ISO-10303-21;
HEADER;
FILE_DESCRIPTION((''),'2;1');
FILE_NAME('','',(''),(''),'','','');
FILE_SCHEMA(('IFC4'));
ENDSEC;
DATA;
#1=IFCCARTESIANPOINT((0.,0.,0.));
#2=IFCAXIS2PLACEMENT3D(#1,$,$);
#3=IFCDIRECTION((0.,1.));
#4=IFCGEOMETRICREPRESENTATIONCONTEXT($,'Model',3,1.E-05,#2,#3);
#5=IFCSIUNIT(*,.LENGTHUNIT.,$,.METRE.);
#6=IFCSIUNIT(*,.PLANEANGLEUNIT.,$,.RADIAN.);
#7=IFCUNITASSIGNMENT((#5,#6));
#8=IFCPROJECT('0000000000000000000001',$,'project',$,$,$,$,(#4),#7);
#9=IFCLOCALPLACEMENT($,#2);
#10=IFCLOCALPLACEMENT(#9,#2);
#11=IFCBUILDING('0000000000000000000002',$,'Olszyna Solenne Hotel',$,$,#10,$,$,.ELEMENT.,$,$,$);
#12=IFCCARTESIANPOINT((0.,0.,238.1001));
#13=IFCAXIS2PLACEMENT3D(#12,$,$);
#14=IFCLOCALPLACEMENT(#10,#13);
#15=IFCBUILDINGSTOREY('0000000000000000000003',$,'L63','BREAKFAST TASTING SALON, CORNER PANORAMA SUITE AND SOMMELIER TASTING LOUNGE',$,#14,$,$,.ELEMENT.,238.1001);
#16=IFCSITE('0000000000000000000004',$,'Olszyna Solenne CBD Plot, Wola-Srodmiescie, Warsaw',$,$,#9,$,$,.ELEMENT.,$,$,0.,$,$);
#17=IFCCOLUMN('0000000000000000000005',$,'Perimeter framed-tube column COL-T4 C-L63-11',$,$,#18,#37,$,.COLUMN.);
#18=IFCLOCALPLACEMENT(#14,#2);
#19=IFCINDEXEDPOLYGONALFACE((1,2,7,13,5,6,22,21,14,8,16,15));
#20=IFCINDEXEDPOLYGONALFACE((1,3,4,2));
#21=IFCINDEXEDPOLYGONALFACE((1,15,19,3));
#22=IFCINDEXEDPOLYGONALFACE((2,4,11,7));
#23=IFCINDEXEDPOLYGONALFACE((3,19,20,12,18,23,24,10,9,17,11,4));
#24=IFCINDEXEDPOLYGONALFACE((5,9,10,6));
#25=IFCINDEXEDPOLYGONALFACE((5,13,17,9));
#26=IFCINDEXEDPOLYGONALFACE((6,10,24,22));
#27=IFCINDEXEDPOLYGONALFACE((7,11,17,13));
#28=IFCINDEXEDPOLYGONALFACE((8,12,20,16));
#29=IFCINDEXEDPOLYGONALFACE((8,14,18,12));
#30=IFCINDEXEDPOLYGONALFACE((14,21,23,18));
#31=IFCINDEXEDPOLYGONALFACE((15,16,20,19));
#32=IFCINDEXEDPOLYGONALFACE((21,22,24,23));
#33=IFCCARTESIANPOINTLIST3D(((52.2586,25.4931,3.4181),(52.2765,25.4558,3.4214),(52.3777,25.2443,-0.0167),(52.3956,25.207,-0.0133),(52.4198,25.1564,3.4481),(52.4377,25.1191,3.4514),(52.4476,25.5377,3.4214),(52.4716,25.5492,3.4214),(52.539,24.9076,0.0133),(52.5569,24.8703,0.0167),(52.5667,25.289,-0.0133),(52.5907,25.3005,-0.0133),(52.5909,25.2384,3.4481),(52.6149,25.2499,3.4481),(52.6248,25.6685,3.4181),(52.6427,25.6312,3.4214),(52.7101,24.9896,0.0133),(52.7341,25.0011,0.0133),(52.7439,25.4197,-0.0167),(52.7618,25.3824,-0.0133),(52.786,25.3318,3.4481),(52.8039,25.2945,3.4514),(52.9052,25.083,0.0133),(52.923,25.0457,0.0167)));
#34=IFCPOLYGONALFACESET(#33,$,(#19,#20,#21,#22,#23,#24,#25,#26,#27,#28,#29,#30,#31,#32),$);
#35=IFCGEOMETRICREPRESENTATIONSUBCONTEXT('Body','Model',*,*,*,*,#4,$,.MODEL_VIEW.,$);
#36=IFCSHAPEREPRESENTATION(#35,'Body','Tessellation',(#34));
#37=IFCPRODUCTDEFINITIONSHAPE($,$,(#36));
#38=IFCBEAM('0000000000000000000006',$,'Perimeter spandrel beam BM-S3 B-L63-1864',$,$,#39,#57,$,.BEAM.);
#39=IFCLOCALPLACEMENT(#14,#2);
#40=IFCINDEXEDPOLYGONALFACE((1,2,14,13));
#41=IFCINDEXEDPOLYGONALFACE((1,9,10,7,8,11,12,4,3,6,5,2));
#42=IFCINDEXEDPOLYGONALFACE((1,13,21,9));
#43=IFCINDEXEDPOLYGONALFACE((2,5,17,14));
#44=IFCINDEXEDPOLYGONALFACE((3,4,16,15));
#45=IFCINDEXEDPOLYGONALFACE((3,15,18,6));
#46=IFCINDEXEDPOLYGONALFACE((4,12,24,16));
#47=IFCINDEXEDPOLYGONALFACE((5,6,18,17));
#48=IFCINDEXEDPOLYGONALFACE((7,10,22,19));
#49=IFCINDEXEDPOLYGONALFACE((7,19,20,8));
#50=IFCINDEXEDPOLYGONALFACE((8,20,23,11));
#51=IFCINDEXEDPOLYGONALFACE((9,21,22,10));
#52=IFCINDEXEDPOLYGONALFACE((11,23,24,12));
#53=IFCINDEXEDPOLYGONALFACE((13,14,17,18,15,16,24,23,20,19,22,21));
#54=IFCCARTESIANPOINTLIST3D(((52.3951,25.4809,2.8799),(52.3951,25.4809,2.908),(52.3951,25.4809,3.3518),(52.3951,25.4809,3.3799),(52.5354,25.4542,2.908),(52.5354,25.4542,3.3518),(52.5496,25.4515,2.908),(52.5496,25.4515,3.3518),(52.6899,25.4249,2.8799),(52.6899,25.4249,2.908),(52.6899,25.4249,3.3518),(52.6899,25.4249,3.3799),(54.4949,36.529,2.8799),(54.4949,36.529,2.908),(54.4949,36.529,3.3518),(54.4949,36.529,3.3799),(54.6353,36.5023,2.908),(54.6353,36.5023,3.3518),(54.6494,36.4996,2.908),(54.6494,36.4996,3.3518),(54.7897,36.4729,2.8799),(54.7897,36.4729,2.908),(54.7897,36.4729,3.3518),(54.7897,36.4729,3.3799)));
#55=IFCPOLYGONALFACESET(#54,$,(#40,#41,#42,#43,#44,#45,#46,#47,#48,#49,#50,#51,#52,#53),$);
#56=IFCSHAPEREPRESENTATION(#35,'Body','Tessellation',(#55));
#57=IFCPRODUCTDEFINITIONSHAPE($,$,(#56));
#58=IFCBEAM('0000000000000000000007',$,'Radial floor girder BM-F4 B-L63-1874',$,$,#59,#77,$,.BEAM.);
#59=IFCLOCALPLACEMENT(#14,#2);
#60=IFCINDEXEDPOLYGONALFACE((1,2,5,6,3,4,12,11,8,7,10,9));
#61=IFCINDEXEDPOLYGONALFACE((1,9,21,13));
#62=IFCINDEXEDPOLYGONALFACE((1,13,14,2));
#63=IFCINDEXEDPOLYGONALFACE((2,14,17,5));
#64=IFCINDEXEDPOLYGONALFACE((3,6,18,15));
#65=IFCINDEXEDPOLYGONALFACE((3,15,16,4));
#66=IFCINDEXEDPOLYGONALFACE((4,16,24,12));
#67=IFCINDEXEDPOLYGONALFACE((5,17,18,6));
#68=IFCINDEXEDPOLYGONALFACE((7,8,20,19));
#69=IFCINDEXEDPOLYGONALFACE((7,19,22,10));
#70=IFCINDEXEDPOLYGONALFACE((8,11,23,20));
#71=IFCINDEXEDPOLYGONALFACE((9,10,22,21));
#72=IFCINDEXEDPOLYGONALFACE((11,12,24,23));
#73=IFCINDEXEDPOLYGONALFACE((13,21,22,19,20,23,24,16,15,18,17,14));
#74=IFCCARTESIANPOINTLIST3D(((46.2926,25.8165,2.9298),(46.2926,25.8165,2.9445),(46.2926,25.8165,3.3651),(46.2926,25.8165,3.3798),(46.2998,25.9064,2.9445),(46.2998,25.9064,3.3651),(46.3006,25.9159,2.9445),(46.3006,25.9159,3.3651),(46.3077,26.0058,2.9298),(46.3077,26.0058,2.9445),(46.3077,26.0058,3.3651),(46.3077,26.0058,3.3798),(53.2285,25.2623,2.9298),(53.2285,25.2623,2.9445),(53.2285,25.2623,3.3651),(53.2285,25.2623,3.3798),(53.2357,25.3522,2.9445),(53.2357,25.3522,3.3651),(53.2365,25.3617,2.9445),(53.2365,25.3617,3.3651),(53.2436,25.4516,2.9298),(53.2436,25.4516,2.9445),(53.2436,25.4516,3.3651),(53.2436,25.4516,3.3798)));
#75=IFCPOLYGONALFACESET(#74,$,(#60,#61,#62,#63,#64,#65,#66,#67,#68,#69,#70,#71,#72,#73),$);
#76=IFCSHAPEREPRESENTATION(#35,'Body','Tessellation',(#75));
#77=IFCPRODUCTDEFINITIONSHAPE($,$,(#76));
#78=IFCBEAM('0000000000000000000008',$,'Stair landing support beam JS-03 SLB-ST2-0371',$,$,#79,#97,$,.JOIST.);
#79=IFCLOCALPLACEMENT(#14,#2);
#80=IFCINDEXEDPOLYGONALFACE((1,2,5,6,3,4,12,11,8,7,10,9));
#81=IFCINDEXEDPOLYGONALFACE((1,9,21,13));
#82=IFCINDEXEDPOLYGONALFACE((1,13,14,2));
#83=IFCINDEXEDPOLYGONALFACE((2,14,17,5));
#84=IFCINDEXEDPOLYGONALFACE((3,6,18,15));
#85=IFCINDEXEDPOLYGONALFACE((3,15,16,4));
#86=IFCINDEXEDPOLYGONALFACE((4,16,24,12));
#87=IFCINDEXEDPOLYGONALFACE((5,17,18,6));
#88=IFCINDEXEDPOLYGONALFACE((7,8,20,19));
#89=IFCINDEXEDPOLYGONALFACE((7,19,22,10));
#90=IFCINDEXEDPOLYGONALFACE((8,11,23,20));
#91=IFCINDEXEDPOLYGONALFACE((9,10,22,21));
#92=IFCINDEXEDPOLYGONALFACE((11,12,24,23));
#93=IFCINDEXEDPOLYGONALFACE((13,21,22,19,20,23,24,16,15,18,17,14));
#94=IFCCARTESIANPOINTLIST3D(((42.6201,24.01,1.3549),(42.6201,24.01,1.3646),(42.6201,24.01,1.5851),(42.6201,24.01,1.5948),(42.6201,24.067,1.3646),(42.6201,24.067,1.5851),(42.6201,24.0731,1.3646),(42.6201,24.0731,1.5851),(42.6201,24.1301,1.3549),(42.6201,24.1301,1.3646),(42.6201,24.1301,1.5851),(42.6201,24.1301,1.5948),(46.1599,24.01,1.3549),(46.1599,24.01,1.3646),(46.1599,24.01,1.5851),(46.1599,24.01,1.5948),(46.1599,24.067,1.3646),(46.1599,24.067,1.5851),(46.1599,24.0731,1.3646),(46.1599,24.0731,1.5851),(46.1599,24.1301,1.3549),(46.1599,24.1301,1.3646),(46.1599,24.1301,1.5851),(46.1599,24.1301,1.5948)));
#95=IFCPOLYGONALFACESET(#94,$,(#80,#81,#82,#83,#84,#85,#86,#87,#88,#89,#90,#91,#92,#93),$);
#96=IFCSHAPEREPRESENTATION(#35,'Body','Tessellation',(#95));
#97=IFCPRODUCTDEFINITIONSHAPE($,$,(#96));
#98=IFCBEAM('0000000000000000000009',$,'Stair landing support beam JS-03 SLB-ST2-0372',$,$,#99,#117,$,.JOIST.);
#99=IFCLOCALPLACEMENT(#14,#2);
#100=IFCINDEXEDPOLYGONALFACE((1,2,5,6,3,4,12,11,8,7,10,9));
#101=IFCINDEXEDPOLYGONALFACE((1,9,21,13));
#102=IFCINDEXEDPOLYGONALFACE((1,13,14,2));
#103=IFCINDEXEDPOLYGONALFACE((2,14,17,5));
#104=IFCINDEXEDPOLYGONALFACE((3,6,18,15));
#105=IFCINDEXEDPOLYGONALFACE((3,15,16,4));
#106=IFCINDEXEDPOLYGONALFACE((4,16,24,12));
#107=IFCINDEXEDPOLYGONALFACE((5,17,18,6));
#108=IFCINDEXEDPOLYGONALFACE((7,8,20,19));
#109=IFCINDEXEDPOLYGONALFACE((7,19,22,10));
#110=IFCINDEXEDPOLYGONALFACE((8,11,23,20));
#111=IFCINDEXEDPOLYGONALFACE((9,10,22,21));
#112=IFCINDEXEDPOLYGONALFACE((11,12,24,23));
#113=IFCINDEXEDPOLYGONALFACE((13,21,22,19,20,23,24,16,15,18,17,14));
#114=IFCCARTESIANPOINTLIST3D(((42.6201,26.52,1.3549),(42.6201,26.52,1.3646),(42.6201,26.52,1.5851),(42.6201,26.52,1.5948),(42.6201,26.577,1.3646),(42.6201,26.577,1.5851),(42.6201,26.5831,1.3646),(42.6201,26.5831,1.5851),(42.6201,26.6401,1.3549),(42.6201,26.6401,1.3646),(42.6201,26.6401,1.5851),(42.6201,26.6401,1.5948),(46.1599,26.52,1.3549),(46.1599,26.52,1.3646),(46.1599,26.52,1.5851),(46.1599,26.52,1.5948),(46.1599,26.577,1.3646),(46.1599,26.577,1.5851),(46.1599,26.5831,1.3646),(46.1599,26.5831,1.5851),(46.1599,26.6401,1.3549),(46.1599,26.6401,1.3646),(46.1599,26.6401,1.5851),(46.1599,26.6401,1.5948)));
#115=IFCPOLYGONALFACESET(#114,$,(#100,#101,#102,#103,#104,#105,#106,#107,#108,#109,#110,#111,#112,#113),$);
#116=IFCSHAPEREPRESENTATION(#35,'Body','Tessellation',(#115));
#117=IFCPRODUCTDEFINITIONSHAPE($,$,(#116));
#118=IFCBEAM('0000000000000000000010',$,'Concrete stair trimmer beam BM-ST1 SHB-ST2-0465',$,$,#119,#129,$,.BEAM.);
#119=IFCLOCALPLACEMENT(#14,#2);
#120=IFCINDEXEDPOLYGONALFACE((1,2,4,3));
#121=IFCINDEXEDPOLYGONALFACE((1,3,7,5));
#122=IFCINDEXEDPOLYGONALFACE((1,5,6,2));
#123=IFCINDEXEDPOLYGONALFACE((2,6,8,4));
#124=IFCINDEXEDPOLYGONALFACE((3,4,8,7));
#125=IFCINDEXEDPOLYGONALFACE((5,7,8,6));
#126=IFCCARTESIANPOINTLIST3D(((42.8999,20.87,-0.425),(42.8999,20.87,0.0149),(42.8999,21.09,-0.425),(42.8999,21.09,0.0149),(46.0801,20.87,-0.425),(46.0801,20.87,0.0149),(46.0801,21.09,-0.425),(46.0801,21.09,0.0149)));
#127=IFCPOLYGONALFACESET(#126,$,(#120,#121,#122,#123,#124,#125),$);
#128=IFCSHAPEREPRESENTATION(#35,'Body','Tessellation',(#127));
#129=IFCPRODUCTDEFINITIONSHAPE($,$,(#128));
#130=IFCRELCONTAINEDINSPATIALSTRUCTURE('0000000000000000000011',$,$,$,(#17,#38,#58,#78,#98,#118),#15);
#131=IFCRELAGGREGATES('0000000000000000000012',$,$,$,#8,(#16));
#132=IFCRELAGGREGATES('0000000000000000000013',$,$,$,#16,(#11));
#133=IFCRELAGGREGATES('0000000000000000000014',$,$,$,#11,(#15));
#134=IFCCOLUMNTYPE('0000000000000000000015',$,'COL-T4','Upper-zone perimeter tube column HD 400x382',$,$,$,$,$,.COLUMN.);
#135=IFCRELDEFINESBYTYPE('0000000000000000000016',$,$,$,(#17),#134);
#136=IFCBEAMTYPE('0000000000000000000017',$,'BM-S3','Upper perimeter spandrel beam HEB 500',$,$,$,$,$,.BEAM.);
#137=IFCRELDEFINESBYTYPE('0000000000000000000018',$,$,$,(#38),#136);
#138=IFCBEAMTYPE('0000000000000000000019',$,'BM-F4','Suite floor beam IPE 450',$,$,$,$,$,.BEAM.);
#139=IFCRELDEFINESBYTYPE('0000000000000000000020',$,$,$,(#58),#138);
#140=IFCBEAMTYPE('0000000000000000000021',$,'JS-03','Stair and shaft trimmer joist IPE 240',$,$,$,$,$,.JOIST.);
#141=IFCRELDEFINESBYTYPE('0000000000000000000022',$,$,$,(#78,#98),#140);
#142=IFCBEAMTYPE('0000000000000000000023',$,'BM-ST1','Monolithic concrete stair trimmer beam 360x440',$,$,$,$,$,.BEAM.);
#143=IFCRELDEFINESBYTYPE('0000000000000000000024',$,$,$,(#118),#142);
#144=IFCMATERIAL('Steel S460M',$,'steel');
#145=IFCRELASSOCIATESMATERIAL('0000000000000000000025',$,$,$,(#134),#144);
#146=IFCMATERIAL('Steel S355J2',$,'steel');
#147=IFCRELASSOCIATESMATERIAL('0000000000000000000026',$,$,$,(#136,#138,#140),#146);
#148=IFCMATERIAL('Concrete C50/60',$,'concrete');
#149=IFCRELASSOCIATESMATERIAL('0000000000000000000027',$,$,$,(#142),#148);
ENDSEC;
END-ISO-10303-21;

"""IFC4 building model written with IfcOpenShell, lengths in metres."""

from ifc_helpers import new_model, si_unit, direction, frame, origin, origin_2d, place, context, subcontext, project, spatial, rectangle, i_section, extrude, source, transform, mapped, material, material_profile, profile_set, type_object, element, save


model = new_model("IFC4")

# Units and contexts
model_context = context("Model", 3, precision=1e-05, world=origin(), true_north=direction((0.0, 1.0)))
body_context = subcontext(model_context, "Body", "Model", "MODEL_VIEW")
ifc_project = project(units=[si_unit("LENGTHUNIT", "METRE"), si_unit("PLANEANGLEUNIT", "RADIAN")], contexts=[model_context])

# Site, building, storey
site_placement = place(None, origin())
site = spatial("IfcSite", under=ifc_project, at=site_placement, Name="Olszyna Solenne CBD Plot, Wola-Srodmiescie, Warsaw", CompositionType="ELEMENT", RefElevation=0.0)
building_placement = place(site_placement, origin())
building = spatial("IfcBuilding", under=site, at=building_placement, Name="Olszyna Solenne Hotel", CompositionType="ELEMENT")
storey_placement = place(building_placement, frame((0.0, 0.0, 238.1001)))
storey = spatial("IfcBuildingStorey", under=building, at=storey_placement, Name="L63", Description="BREAKFAST TASTING SALON, CORNER PANORAMA SUITE AND SOMMELIER TASTING LOUNGE", CompositionType="ELEMENT", Elevation=238.1001)

# Column
ifc_material_1 = material(Name="Steel S460M", Category="steel")
ifc_material_profile_1 = material_profile(ifc_material_1, i_section(OverallWidth=0.406, OverallDepth=0.416, WebThickness=0.0266, FlangeThickness=0.0415, at=origin_2d()), Name="HD 400x382", Category="load-bearing")
ifc_profile_set_1 = profile_set([ifc_material_profile_1], Name="Steel S460M")
column_type = type_object("IfcColumnType", Name="COL-T4", Description="Upper-zone perimeter tube column HD 400x382", PredefinedType="COLUMN", material=ifc_profile_set_1)
shared_shape_1 = source(origin(), body_context, "Body", "SweptSolid", [
    extrude(i_section(OverallWidth=0.406, OverallDepth=0.416, WebThickness=0.0266, FlangeThickness=0.0415, at=origin_2d()), origin(), (0.0, 0.0, 1.0), 3.4458),
])
column_placement = place(storey_placement, frame((52.6504, 25.145, 0.0), z_axis=(-0.034575, 0.072196, 0.996791), x_axis=(-0.901909, -0.431925, 0.0)))
element("IfcColumn", 1, at=column_placement, inside=storey, type_object=column_type, Name="Perimeter framed-tube column COL-T4 C-L63-11", PredefinedType="COLUMN", context=body_context, shape_type="MappedRepresentation", body=[
    mapped(shared_shape_1, transform((0.0, 0.0, 0.0), x_axis=(1.0, 0.0, 0.0), y_axis=(0.0, 1.0, 0.0), z_axis=(0.0, 0.0, 1.0), scale=1.0)),
])

# Beams
ifc_material_2 = material(Name="Steel S355J2", Category="steel")
ifc_material_profile_2 = material_profile(ifc_material_2, i_section(OverallWidth=0.3, OverallDepth=0.5, WebThickness=0.0144, FlangeThickness=0.0281, at=origin_2d()), Name="HEB 500", Category="load-bearing")
ifc_profile_set_2 = profile_set([ifc_material_profile_2], Name="Steel S355J2")
beam_type_1 = type_object("IfcBeamType", Name="BM-S3", Description="Upper perimeter spandrel beam HEB 500", PredefinedType="BEAM", material=ifc_profile_set_2)
shared_shape_2 = source(origin(), body_context, "Body", "SweptSolid", [
    extrude(i_section(OverallWidth=0.3, OverallDepth=0.5, WebThickness=0.0144, FlangeThickness=0.0281, at=origin_2d()), origin(), (0.0, 0.0, 1.0), 11.2458),
])
beam_1_placement = place(storey_placement, frame((52.5425, 25.4529, 3.1299), z_axis=(0.186722, 0.982413, 0.0), x_axis=(-0.982413, 0.186722, 0.0)))
element("IfcBeam", 2, at=beam_1_placement, inside=storey, type_object=beam_type_1, Name="Perimeter spandrel beam BM-S3 B-L63-1864", PredefinedType="BEAM", context=body_context, shape_type="MappedRepresentation", body=[
    mapped(shared_shape_2, transform((0.0, 0.0, 0.0), x_axis=(1.0, 0.0, 0.0), y_axis=(0.0, 1.0, 0.0), z_axis=(0.0, 0.0, 1.0), scale=1.0)),
])
ifc_material_profile_3 = material_profile(ifc_material_2, i_section(OverallWidth=0.1899, OverallDepth=0.45, WebThickness=0.0095, FlangeThickness=0.0146, at=origin_2d()), Name="IPE 450", Category="load-bearing")
ifc_profile_set_3 = profile_set([ifc_material_profile_3], Name="Steel S355J2")
beam_type_2 = type_object("IfcBeamType", Name="BM-F4", Description="Suite floor beam IPE 450", PredefinedType="BEAM", material=ifc_profile_set_3)
shared_shape_3 = source(origin(), body_context, "Body", "SweptSolid", [
    extrude(i_section(OverallWidth=0.1899, OverallDepth=0.45, WebThickness=0.0095, FlangeThickness=0.0146, at=origin_2d()), origin(), (0.0, 0.0, 1.0), 6.958),
])
beam_2_placement = place(storey_placement, frame((53.2361, 25.3569, 3.1548), z_axis=(-0.996823, 0.07965, 0.0), x_axis=(-0.07965, -0.996823, 0.0)))
element("IfcBeam", 3, at=beam_2_placement, inside=storey, type_object=beam_type_2, Name="Radial floor girder BM-F4 B-L63-1874", PredefinedType="BEAM", context=body_context, shape_type="MappedRepresentation", body=[
    mapped(shared_shape_3, transform((0.0, 0.0, 0.0), x_axis=(1.0, 0.0, 0.0), y_axis=(0.0, 1.0, 0.0), z_axis=(0.0, 0.0, 1.0), scale=1.0)),
])
ifc_material_profile_4 = material_profile(ifc_material_2, i_section(OverallWidth=0.1201, OverallDepth=0.24, WebThickness=0.0061, FlangeThickness=0.0098, at=origin_2d()), Name="IPE 240", Category="load-bearing")
ifc_profile_set_4 = profile_set([ifc_material_profile_4], Name="Steel S355J2")
beam_type_3 = type_object("IfcBeamType", Name="JS-03", Description="Stair and shaft trimmer joist IPE 240", PredefinedType="JOIST", material=ifc_profile_set_4)
shared_shape_4 = source(origin(), body_context, "Body", "SweptSolid", [
    extrude(i_section(OverallWidth=0.1201, OverallDepth=0.24, WebThickness=0.0061, FlangeThickness=0.0098, at=origin_2d()), origin(), (0.0, 0.0, 1.0), 3.5398),
])
for number, where, z_axis, x_axis, name in (
    (4, (46.1599, 24.0701, 1.4749), (-1.0, 0.0, 0.0), (0.0, -1.0, 0.0), "Stair landing support beam JS-03 SLB-ST2-0371"),
    (5, (46.1599, 26.5801, 1.4749), (-1.0, 0.0, 0.0), (0.0, -1.0, 0.0), "Stair landing support beam JS-03 SLB-ST2-0372"),
):
    element("IfcBeam", number, at=place(storey_placement, frame(where, z_axis=z_axis, x_axis=x_axis)), inside=storey, type_object=beam_type_3, Name=name, PredefinedType="JOIST", context=body_context, shape_type="MappedRepresentation", body=[
        mapped(shared_shape_4, transform((0.0, 0.0, 0.0), x_axis=(1.0, 0.0, 0.0), y_axis=(0.0, 1.0, 0.0), z_axis=(0.0, 0.0, 1.0), scale=1.0)),
    ])
ifc_material_3 = material(Name="Concrete C50/60", Category="concrete")
ifc_material_profile_5 = material_profile(ifc_material_3, rectangle(XDim=0.22, YDim=0.4399, at=origin_2d()), Name="RC 220x440", Category="load-bearing")
ifc_profile_set_5 = profile_set([ifc_material_profile_5], Name="Concrete C50/60")
beam_type_4 = type_object("IfcBeamType", Name="BM-ST1", Description="Monolithic concrete stair trimmer beam 360x440", PredefinedType="BEAM", material=ifc_profile_set_5)
shared_shape_5 = source(origin(), body_context, "Body", "SweptSolid", [
    extrude(rectangle(XDim=0.22, YDim=0.4399, at=origin_2d()), origin(), (0.0, 0.0, 1.0), 3.1802),
])
beam_3_placement = place(storey_placement, frame((46.0801, 20.98, -0.2051), z_axis=(-1.0, 0.0, 0.0), x_axis=(0.0, -1.0, 0.0)))
element("IfcBeam", 6, at=beam_3_placement, inside=storey, type_object=beam_type_4, Name="Concrete stair trimmer beam BM-ST1 SHB-ST2-0465", PredefinedType="BEAM", context=body_context, shape_type="MappedRepresentation", body=[
    mapped(shared_shape_5, transform((0.0, 0.0, 0.0), x_axis=(1.0, 0.0, 0.0), y_axis=(0.0, 1.0, 0.0), z_axis=(0.0, 0.0, 1.0), scale=1.0)),
])

save(model, "model.ifc")
